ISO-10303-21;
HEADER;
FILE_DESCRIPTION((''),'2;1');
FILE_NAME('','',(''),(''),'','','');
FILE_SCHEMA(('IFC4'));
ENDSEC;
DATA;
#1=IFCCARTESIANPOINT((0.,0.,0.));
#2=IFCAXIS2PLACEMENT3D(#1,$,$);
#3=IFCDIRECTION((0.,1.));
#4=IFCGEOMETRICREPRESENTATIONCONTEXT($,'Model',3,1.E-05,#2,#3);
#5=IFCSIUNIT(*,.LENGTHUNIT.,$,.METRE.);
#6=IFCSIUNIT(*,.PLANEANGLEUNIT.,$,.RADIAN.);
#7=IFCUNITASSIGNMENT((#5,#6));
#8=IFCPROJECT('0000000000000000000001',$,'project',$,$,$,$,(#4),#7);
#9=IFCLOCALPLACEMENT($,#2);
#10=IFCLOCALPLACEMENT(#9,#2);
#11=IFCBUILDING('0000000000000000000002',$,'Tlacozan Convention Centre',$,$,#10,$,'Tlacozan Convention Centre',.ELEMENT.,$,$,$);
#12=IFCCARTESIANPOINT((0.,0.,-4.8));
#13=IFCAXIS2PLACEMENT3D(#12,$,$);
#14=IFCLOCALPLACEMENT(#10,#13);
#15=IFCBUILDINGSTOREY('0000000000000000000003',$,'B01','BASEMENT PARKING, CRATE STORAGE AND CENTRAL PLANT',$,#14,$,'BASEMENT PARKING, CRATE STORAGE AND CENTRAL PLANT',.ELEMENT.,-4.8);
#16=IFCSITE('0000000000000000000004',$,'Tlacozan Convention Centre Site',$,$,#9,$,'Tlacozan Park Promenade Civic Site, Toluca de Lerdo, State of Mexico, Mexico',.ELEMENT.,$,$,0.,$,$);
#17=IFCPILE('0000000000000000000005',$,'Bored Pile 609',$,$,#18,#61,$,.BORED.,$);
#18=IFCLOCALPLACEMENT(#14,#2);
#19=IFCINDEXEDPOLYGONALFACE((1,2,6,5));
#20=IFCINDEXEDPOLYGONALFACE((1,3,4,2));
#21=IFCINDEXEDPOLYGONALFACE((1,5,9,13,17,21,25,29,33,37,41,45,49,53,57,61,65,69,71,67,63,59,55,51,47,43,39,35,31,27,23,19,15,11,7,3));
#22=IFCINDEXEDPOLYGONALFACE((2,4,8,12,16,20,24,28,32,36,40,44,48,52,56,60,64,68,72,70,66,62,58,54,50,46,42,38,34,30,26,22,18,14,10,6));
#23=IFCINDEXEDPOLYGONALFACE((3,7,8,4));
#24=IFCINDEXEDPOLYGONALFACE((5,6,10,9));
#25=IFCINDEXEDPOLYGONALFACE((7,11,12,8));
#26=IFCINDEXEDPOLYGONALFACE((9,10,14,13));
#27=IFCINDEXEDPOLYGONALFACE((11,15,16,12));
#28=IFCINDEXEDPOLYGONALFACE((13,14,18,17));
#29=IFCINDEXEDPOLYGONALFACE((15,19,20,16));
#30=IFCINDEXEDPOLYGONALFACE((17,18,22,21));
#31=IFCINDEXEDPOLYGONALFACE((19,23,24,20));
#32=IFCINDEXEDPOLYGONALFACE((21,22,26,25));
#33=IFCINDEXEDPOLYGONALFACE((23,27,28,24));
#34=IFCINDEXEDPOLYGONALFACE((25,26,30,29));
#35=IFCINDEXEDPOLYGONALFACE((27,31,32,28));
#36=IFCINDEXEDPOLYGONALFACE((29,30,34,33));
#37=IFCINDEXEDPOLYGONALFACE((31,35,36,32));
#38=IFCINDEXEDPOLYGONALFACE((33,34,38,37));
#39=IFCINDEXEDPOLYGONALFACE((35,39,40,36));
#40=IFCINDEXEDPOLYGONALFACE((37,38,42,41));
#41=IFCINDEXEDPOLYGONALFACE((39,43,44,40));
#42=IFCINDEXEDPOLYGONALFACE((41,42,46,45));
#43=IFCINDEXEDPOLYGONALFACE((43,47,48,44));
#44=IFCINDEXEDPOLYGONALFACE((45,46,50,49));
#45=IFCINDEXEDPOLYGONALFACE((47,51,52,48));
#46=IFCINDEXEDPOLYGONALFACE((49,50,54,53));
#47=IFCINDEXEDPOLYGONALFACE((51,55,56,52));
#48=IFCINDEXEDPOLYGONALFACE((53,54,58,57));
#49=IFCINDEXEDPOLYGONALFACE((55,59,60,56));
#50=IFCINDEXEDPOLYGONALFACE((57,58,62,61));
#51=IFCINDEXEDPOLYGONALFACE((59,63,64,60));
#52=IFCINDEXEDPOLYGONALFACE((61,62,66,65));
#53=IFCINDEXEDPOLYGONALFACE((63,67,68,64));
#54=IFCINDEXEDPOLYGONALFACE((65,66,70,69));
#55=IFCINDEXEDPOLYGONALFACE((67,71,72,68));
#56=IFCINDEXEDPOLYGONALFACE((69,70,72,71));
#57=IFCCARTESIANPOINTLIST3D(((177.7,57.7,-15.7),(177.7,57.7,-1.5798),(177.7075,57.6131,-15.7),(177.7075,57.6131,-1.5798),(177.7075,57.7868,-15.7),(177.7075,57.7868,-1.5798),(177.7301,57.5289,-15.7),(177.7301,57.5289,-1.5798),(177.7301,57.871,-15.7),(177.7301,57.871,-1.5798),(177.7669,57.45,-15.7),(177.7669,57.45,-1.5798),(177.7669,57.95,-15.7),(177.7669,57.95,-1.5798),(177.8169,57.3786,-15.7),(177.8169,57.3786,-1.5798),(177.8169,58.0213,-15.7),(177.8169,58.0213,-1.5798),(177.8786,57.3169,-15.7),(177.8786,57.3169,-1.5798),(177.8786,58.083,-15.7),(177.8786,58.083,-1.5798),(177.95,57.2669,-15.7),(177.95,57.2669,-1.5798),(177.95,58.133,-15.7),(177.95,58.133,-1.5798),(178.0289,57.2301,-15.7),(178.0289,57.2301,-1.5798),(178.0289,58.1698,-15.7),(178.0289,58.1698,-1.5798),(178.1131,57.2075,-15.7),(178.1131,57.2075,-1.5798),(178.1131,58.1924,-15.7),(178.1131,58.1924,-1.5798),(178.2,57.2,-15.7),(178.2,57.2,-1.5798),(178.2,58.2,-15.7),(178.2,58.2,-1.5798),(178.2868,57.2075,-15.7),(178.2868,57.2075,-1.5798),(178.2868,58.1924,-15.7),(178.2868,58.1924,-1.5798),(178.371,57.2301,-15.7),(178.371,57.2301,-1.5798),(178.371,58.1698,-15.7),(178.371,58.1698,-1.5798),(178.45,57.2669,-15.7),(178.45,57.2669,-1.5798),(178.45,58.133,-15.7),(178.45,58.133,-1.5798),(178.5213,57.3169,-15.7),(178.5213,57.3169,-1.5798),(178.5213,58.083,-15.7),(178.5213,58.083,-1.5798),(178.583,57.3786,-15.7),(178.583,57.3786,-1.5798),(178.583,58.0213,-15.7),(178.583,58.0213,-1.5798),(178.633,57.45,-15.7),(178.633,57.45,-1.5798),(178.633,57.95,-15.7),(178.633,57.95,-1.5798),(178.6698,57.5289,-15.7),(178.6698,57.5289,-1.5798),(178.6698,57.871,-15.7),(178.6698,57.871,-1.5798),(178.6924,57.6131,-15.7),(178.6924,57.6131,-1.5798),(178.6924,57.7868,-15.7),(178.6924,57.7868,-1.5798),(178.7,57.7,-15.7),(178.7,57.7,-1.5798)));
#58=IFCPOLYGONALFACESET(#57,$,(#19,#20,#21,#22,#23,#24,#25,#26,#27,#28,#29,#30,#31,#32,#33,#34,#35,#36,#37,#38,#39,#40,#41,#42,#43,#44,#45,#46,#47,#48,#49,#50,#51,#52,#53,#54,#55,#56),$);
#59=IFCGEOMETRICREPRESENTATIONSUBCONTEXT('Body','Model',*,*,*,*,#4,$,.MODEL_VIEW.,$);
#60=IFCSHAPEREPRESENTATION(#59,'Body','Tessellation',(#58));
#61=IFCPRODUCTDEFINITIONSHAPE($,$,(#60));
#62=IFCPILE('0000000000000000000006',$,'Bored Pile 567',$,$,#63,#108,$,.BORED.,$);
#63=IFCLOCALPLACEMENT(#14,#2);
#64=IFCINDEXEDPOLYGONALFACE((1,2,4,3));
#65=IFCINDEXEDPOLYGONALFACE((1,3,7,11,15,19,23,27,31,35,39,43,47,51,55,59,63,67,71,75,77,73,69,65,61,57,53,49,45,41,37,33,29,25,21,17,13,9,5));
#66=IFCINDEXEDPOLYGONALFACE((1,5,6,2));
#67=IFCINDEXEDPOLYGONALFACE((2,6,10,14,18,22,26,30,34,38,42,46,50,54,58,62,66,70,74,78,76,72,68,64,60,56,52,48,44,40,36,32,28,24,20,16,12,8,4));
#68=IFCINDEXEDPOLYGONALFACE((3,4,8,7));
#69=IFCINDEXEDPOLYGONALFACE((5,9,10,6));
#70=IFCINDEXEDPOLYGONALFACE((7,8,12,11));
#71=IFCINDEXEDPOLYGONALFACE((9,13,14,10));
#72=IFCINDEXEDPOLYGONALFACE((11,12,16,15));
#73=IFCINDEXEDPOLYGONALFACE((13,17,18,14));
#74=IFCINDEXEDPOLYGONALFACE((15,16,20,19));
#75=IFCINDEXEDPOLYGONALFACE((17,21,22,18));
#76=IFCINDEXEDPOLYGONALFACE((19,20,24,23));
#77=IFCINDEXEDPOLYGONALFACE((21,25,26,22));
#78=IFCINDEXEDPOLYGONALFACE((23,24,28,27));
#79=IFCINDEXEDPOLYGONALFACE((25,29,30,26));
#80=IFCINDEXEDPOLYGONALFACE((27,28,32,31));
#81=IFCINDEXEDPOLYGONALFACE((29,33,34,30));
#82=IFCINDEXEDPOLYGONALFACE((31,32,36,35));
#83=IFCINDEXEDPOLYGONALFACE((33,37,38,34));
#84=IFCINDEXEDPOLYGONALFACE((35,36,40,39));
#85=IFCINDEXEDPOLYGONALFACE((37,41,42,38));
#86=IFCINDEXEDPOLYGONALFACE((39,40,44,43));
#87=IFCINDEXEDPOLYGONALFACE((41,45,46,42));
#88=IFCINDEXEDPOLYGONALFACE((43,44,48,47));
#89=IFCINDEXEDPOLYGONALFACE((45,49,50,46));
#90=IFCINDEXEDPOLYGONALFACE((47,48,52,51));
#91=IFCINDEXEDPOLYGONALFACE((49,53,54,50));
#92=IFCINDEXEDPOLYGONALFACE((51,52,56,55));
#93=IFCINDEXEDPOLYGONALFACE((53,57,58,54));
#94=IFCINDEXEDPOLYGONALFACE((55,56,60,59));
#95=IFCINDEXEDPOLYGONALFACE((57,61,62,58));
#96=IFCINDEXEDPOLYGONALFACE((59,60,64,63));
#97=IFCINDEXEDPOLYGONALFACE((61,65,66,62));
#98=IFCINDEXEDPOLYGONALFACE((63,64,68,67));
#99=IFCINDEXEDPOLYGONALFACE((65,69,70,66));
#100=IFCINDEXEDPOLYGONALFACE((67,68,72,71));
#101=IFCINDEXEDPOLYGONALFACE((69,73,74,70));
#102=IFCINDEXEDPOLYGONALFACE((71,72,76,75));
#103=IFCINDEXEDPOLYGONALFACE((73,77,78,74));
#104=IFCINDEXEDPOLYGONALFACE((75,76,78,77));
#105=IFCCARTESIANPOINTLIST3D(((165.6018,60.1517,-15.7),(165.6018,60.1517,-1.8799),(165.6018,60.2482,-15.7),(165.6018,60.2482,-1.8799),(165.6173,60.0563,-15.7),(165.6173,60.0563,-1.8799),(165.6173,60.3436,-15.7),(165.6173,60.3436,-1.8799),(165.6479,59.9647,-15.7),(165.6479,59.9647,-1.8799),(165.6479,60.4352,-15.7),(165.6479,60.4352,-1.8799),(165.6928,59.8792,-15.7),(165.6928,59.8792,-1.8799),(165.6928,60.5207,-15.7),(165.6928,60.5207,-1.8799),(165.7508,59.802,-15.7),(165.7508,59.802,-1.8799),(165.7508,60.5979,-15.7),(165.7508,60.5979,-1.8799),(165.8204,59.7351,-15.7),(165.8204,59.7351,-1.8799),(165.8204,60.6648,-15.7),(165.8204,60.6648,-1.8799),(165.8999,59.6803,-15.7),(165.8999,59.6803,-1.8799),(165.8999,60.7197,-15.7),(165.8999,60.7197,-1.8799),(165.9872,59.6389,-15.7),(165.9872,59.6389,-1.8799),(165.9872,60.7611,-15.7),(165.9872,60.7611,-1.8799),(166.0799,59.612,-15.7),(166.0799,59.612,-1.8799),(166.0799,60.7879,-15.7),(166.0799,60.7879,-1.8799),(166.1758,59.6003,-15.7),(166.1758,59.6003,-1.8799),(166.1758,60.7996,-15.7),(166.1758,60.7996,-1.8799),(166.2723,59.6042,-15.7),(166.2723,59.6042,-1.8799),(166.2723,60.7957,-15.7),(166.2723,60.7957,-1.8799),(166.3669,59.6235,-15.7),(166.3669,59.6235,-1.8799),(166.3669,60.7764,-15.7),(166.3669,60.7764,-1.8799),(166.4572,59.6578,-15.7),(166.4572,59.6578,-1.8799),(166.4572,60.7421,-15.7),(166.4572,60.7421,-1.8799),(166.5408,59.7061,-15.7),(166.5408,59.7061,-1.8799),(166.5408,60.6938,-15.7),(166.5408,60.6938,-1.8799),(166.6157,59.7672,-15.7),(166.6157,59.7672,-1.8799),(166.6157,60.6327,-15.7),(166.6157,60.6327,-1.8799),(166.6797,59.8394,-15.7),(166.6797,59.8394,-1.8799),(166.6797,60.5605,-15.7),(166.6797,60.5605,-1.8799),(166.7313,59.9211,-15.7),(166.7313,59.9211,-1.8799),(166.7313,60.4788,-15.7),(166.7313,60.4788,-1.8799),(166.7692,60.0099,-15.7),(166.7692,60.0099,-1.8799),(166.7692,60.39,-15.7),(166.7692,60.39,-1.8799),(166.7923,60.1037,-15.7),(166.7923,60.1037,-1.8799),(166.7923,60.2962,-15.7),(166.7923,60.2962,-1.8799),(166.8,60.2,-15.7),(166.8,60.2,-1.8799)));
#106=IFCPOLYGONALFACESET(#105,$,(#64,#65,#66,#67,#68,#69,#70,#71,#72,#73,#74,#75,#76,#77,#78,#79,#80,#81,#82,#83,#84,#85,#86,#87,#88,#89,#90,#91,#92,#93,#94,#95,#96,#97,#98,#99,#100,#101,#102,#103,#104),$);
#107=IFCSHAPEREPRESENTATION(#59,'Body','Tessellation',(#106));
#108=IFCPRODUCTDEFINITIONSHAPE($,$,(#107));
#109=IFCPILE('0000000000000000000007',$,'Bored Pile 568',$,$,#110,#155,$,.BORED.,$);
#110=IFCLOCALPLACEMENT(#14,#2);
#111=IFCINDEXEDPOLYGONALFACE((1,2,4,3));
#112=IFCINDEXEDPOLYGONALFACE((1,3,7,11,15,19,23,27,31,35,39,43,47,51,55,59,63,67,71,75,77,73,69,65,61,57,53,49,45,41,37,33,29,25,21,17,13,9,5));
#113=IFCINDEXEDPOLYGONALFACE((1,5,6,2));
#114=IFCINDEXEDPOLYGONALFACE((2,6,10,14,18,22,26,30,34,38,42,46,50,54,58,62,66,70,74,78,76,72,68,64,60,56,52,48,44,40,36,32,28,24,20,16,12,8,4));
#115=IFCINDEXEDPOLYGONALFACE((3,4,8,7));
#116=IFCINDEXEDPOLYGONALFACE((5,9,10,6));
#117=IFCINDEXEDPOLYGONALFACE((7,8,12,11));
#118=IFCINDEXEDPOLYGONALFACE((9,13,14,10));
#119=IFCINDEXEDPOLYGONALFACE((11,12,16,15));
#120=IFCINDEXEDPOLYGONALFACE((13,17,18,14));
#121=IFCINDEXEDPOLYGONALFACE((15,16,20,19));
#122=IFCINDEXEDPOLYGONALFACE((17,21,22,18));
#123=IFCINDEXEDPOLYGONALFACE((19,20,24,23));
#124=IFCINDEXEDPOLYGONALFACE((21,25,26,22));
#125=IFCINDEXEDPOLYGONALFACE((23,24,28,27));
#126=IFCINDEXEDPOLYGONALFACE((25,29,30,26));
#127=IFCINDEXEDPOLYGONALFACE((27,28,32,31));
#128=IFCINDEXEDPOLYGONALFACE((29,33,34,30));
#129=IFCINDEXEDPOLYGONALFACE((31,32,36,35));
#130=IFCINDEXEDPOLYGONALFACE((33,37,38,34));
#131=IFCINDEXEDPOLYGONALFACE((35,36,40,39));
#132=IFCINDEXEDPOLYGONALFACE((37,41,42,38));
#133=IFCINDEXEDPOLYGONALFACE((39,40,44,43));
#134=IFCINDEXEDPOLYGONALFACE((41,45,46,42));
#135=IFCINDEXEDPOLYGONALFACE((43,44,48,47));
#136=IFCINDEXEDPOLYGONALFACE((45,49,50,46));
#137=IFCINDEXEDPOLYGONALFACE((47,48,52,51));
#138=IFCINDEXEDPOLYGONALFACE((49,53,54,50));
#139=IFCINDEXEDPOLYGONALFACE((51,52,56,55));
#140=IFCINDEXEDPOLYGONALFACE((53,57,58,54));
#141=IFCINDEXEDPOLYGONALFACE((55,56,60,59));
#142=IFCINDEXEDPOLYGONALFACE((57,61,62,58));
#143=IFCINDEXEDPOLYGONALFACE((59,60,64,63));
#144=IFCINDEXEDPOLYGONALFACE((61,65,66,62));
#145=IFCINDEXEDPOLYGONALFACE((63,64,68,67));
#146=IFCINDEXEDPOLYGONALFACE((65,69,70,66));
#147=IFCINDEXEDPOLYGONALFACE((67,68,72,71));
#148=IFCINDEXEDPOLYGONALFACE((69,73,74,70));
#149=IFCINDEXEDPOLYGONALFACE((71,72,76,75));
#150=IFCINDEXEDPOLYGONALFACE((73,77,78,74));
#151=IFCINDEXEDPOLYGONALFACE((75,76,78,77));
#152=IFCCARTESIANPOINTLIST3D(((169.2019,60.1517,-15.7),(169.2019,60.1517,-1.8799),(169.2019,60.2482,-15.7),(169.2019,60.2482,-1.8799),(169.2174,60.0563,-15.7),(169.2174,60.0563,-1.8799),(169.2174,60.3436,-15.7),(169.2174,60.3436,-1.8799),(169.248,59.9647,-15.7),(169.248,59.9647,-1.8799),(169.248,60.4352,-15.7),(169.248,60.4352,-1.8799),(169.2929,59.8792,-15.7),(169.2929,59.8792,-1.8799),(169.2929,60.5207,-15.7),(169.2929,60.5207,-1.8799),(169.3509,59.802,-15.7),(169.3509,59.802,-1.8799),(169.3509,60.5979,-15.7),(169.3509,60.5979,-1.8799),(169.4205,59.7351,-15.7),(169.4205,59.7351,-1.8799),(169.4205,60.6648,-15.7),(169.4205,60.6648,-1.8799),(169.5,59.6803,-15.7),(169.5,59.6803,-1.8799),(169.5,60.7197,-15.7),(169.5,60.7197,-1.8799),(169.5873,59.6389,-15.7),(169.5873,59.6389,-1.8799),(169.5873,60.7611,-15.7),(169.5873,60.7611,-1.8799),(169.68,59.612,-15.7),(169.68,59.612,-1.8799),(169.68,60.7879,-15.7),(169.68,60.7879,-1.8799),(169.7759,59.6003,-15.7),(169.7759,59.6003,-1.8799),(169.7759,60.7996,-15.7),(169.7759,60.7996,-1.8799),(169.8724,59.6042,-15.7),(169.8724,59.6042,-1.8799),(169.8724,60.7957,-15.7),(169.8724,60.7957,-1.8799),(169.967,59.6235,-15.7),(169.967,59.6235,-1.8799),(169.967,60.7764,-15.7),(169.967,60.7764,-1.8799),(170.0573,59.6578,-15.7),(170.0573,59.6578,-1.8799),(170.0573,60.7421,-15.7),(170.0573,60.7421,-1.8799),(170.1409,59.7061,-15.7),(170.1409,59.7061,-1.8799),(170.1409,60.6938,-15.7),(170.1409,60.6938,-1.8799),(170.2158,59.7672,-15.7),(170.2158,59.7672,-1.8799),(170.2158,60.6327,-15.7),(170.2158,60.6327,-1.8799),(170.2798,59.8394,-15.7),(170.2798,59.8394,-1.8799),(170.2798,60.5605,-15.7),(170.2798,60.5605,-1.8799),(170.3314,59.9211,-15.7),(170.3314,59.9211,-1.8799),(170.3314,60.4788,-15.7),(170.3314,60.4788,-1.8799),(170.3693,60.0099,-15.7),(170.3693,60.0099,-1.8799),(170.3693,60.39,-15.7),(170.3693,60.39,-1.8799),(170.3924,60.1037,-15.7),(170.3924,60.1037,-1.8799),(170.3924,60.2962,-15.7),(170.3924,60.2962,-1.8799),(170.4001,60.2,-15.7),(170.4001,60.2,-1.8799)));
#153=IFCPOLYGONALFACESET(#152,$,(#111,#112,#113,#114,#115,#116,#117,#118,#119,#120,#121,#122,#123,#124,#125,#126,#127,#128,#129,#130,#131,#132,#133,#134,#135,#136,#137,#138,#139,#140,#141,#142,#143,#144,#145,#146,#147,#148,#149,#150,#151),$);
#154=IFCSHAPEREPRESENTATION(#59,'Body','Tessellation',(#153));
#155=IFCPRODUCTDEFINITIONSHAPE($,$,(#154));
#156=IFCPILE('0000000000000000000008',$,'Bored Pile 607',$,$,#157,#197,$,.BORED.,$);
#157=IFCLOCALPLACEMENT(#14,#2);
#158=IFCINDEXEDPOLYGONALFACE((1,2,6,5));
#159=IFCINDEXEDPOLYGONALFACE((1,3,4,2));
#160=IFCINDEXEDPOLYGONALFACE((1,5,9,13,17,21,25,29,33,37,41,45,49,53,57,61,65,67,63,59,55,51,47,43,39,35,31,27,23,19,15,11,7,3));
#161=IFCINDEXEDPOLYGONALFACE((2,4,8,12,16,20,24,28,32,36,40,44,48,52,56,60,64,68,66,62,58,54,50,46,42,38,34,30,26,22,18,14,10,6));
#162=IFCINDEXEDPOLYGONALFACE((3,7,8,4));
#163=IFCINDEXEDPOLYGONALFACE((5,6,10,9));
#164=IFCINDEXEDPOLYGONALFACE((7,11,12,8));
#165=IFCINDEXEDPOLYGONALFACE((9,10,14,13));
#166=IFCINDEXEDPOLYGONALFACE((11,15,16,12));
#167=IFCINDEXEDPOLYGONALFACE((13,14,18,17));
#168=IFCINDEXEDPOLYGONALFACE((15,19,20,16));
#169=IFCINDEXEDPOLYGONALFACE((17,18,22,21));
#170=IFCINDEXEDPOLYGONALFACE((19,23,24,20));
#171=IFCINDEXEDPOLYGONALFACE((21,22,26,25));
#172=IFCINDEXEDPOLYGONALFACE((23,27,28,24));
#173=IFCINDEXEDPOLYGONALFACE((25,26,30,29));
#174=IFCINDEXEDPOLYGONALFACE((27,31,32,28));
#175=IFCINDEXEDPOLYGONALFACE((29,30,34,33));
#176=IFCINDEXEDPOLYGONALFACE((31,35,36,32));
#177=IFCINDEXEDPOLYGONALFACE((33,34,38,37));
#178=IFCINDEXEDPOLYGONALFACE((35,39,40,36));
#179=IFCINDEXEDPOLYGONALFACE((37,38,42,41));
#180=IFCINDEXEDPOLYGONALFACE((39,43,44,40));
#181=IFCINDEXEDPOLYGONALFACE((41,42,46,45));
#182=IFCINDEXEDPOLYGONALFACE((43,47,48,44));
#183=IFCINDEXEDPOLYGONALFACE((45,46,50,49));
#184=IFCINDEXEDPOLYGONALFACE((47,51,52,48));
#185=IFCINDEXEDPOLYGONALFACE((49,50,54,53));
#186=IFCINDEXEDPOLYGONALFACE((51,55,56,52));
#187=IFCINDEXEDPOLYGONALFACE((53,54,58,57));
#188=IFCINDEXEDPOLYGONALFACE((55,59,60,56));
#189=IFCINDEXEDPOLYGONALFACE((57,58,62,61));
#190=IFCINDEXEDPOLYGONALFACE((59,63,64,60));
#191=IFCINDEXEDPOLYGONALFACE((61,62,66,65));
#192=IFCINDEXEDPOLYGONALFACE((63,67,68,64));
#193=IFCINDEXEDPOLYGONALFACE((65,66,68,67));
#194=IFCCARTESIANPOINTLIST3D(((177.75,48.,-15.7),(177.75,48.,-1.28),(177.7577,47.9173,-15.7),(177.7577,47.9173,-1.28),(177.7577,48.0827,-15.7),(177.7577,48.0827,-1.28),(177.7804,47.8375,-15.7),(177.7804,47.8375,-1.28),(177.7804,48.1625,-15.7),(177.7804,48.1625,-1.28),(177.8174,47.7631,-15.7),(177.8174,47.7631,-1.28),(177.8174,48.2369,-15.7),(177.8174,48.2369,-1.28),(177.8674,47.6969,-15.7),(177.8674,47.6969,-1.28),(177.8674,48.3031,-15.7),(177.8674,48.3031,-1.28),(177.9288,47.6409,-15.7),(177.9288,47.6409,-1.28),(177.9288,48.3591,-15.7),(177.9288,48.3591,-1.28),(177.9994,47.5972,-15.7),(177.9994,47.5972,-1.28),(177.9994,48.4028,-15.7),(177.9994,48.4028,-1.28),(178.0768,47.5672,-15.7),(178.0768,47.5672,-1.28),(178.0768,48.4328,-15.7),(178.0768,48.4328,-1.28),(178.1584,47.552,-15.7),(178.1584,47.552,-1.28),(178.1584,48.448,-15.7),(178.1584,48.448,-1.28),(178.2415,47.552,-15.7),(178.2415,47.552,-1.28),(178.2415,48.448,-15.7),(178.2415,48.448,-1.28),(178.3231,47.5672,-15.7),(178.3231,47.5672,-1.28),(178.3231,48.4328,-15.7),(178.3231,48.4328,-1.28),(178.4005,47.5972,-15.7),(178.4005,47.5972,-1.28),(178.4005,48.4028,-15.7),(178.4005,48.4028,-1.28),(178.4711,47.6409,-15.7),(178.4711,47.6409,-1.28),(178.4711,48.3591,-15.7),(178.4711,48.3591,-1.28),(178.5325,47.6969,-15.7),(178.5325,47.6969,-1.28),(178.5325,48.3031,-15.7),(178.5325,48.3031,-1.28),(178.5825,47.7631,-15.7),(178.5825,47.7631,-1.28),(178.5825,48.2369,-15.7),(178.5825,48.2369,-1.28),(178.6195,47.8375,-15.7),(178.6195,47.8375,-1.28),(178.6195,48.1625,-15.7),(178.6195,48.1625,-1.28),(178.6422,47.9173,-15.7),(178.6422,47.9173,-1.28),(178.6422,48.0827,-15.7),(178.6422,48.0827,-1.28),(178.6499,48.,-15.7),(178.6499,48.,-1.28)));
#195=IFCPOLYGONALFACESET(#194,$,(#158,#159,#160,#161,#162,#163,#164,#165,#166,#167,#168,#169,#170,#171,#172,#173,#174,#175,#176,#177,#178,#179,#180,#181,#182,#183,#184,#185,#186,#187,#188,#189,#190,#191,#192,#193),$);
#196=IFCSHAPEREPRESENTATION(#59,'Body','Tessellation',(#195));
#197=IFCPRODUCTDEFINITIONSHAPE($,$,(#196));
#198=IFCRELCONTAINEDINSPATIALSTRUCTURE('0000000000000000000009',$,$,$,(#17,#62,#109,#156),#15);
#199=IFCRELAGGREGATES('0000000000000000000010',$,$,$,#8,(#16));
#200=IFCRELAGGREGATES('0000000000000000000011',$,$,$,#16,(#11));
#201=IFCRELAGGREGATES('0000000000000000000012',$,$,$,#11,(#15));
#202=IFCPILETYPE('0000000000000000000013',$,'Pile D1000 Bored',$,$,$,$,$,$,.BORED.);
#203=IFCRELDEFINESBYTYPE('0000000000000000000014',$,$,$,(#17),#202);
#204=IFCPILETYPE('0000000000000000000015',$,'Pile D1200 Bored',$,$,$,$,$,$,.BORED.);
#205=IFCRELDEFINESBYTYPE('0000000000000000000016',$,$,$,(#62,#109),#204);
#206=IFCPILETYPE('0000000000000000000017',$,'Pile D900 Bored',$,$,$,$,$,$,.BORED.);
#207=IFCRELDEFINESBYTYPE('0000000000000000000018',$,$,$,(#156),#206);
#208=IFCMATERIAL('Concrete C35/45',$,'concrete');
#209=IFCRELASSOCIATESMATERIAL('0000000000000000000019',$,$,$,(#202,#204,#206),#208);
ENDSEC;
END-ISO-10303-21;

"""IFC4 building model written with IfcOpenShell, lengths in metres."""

from ifc_helpers import new_model, si_unit, direction, frame, origin, origin_2d, place, context, subcontext, project, spatial, circle, extrude, material, material_profile, profile_set, type_object, element, save


model = new_model("IFC4")

# Units and contexts
model_context = context("Model", 3, precision=1e-05, world=origin(), true_north=direction((0.0, 1.0)))
body_context = subcontext(model_context, "Body", "Model", "MODEL_VIEW")
ifc_project = project(units=[si_unit("LENGTHUNIT", "METRE"), si_unit("PLANEANGLEUNIT", "RADIAN")], contexts=[model_context])

# Site, building, storey
site_placement = place(None, origin())
site = spatial("IfcSite", under=ifc_project, at=site_placement, Name="Tlacozan Convention Centre Site", LongName="Tlacozan Park Promenade Civic Site, Toluca de Lerdo, State of Mexico, Mexico", CompositionType="ELEMENT", RefElevation=0.0)
building_placement = place(site_placement, origin())
building = spatial("IfcBuilding", under=site, at=building_placement, Name="Tlacozan Convention Centre", LongName="Tlacozan Convention Centre", CompositionType="ELEMENT")
storey_placement = place(building_placement, frame((0.0, 0.0, -4.8)))
storey = spatial("IfcBuildingStorey", under=building, at=storey_placement, Name="B01", Description="BASEMENT PARKING, CRATE STORAGE AND CENTRAL PLANT", LongName="BASEMENT PARKING, CRATE STORAGE AND CENTRAL PLANT", CompositionType="ELEMENT", Elevation=-4.8)

# Shared definitions
ifc_material_1 = material(Name="Concrete C35/45", Category="concrete")

# Piles
ifc_material_profile_1 = material_profile(ifc_material_1, circle(Radius=0.5, at=origin_2d()), Name="PILE D1000")
ifc_profile_set_1 = profile_set([ifc_material_profile_1], Name="Concrete C35/45")
pile_type_1 = type_object("IfcPileType", Name="Pile D1000 Bored", PredefinedType="BORED", material=ifc_profile_set_1)
for number, where, z_axis, x_axis, name in (
    (1, (178.2, 57.7, -1.5798), (0.0, 0.0, -1.0), (1.0, 0.0, 0.0), "Bored Pile 609"),
):
    element("IfcPile", number, at=place(storey_placement, frame(where, z_axis=z_axis, x_axis=x_axis)), inside=storey, type_object=pile_type_1, Name=name, PredefinedType="BORED", context=body_context, shape_type="SweptSolid", body=[
        extrude(circle(Radius=0.5, at=origin_2d()), origin(), (0.0, 0.0, 1.0), 14.1201),
    ])
ifc_material_profile_2 = material_profile(ifc_material_1, circle(Radius=0.6001, at=origin_2d()), Name="PILE D1200")
ifc_profile_set_2 = profile_set([ifc_material_profile_2], Name="Concrete C35/45")
pile_type_2 = type_object("IfcPileType", Name="Pile D1200 Bored", PredefinedType="BORED", material=ifc_profile_set_2)
for number, where, z_axis, x_axis, name in (
    (2, (166.2, 60.2, -1.8799), (0.0, 0.0, -1.0), (1.0, 0.0, 0.0), "Bored Pile 567"),
    (3, (169.8, 60.2, -1.8799), (0.0, 0.0, -1.0), (1.0, 0.0, 0.0), "Bored Pile 568"),
):
    element("IfcPile", number, at=place(storey_placement, frame(where, z_axis=z_axis, x_axis=x_axis)), inside=storey, type_object=pile_type_2, Name=name, PredefinedType="BORED", context=body_context, shape_type="SweptSolid", body=[
        extrude(circle(Radius=0.6001, at=origin_2d()), origin(), (0.0, 0.0, 1.0), 13.8201),
    ])
ifc_material_profile_3 = material_profile(ifc_material_1, circle(Radius=0.45, at=origin_2d()), Name="PILE D900")
ifc_profile_set_3 = profile_set([ifc_material_profile_3], Name="Concrete C35/45")
pile_type_3 = type_object("IfcPileType", Name="Pile D900 Bored", PredefinedType="BORED", material=ifc_profile_set_3)
pile_placement = place(storey_placement, frame((178.2, 48.0, -1.28), z_axis=(0.0, 0.0, -1.0), x_axis=(1.0, 0.0, 0.0)))
element("IfcPile", 4, at=pile_placement, inside=storey, type_object=pile_type_3, Name="Bored Pile 607", PredefinedType="BORED", context=body_context, shape_type="SweptSolid", body=[
    extrude(circle(Radius=0.45, at=origin_2d()), origin(), (0.0, 0.0, 1.0), 14.4199),
])

save(model, "model.ifc")
